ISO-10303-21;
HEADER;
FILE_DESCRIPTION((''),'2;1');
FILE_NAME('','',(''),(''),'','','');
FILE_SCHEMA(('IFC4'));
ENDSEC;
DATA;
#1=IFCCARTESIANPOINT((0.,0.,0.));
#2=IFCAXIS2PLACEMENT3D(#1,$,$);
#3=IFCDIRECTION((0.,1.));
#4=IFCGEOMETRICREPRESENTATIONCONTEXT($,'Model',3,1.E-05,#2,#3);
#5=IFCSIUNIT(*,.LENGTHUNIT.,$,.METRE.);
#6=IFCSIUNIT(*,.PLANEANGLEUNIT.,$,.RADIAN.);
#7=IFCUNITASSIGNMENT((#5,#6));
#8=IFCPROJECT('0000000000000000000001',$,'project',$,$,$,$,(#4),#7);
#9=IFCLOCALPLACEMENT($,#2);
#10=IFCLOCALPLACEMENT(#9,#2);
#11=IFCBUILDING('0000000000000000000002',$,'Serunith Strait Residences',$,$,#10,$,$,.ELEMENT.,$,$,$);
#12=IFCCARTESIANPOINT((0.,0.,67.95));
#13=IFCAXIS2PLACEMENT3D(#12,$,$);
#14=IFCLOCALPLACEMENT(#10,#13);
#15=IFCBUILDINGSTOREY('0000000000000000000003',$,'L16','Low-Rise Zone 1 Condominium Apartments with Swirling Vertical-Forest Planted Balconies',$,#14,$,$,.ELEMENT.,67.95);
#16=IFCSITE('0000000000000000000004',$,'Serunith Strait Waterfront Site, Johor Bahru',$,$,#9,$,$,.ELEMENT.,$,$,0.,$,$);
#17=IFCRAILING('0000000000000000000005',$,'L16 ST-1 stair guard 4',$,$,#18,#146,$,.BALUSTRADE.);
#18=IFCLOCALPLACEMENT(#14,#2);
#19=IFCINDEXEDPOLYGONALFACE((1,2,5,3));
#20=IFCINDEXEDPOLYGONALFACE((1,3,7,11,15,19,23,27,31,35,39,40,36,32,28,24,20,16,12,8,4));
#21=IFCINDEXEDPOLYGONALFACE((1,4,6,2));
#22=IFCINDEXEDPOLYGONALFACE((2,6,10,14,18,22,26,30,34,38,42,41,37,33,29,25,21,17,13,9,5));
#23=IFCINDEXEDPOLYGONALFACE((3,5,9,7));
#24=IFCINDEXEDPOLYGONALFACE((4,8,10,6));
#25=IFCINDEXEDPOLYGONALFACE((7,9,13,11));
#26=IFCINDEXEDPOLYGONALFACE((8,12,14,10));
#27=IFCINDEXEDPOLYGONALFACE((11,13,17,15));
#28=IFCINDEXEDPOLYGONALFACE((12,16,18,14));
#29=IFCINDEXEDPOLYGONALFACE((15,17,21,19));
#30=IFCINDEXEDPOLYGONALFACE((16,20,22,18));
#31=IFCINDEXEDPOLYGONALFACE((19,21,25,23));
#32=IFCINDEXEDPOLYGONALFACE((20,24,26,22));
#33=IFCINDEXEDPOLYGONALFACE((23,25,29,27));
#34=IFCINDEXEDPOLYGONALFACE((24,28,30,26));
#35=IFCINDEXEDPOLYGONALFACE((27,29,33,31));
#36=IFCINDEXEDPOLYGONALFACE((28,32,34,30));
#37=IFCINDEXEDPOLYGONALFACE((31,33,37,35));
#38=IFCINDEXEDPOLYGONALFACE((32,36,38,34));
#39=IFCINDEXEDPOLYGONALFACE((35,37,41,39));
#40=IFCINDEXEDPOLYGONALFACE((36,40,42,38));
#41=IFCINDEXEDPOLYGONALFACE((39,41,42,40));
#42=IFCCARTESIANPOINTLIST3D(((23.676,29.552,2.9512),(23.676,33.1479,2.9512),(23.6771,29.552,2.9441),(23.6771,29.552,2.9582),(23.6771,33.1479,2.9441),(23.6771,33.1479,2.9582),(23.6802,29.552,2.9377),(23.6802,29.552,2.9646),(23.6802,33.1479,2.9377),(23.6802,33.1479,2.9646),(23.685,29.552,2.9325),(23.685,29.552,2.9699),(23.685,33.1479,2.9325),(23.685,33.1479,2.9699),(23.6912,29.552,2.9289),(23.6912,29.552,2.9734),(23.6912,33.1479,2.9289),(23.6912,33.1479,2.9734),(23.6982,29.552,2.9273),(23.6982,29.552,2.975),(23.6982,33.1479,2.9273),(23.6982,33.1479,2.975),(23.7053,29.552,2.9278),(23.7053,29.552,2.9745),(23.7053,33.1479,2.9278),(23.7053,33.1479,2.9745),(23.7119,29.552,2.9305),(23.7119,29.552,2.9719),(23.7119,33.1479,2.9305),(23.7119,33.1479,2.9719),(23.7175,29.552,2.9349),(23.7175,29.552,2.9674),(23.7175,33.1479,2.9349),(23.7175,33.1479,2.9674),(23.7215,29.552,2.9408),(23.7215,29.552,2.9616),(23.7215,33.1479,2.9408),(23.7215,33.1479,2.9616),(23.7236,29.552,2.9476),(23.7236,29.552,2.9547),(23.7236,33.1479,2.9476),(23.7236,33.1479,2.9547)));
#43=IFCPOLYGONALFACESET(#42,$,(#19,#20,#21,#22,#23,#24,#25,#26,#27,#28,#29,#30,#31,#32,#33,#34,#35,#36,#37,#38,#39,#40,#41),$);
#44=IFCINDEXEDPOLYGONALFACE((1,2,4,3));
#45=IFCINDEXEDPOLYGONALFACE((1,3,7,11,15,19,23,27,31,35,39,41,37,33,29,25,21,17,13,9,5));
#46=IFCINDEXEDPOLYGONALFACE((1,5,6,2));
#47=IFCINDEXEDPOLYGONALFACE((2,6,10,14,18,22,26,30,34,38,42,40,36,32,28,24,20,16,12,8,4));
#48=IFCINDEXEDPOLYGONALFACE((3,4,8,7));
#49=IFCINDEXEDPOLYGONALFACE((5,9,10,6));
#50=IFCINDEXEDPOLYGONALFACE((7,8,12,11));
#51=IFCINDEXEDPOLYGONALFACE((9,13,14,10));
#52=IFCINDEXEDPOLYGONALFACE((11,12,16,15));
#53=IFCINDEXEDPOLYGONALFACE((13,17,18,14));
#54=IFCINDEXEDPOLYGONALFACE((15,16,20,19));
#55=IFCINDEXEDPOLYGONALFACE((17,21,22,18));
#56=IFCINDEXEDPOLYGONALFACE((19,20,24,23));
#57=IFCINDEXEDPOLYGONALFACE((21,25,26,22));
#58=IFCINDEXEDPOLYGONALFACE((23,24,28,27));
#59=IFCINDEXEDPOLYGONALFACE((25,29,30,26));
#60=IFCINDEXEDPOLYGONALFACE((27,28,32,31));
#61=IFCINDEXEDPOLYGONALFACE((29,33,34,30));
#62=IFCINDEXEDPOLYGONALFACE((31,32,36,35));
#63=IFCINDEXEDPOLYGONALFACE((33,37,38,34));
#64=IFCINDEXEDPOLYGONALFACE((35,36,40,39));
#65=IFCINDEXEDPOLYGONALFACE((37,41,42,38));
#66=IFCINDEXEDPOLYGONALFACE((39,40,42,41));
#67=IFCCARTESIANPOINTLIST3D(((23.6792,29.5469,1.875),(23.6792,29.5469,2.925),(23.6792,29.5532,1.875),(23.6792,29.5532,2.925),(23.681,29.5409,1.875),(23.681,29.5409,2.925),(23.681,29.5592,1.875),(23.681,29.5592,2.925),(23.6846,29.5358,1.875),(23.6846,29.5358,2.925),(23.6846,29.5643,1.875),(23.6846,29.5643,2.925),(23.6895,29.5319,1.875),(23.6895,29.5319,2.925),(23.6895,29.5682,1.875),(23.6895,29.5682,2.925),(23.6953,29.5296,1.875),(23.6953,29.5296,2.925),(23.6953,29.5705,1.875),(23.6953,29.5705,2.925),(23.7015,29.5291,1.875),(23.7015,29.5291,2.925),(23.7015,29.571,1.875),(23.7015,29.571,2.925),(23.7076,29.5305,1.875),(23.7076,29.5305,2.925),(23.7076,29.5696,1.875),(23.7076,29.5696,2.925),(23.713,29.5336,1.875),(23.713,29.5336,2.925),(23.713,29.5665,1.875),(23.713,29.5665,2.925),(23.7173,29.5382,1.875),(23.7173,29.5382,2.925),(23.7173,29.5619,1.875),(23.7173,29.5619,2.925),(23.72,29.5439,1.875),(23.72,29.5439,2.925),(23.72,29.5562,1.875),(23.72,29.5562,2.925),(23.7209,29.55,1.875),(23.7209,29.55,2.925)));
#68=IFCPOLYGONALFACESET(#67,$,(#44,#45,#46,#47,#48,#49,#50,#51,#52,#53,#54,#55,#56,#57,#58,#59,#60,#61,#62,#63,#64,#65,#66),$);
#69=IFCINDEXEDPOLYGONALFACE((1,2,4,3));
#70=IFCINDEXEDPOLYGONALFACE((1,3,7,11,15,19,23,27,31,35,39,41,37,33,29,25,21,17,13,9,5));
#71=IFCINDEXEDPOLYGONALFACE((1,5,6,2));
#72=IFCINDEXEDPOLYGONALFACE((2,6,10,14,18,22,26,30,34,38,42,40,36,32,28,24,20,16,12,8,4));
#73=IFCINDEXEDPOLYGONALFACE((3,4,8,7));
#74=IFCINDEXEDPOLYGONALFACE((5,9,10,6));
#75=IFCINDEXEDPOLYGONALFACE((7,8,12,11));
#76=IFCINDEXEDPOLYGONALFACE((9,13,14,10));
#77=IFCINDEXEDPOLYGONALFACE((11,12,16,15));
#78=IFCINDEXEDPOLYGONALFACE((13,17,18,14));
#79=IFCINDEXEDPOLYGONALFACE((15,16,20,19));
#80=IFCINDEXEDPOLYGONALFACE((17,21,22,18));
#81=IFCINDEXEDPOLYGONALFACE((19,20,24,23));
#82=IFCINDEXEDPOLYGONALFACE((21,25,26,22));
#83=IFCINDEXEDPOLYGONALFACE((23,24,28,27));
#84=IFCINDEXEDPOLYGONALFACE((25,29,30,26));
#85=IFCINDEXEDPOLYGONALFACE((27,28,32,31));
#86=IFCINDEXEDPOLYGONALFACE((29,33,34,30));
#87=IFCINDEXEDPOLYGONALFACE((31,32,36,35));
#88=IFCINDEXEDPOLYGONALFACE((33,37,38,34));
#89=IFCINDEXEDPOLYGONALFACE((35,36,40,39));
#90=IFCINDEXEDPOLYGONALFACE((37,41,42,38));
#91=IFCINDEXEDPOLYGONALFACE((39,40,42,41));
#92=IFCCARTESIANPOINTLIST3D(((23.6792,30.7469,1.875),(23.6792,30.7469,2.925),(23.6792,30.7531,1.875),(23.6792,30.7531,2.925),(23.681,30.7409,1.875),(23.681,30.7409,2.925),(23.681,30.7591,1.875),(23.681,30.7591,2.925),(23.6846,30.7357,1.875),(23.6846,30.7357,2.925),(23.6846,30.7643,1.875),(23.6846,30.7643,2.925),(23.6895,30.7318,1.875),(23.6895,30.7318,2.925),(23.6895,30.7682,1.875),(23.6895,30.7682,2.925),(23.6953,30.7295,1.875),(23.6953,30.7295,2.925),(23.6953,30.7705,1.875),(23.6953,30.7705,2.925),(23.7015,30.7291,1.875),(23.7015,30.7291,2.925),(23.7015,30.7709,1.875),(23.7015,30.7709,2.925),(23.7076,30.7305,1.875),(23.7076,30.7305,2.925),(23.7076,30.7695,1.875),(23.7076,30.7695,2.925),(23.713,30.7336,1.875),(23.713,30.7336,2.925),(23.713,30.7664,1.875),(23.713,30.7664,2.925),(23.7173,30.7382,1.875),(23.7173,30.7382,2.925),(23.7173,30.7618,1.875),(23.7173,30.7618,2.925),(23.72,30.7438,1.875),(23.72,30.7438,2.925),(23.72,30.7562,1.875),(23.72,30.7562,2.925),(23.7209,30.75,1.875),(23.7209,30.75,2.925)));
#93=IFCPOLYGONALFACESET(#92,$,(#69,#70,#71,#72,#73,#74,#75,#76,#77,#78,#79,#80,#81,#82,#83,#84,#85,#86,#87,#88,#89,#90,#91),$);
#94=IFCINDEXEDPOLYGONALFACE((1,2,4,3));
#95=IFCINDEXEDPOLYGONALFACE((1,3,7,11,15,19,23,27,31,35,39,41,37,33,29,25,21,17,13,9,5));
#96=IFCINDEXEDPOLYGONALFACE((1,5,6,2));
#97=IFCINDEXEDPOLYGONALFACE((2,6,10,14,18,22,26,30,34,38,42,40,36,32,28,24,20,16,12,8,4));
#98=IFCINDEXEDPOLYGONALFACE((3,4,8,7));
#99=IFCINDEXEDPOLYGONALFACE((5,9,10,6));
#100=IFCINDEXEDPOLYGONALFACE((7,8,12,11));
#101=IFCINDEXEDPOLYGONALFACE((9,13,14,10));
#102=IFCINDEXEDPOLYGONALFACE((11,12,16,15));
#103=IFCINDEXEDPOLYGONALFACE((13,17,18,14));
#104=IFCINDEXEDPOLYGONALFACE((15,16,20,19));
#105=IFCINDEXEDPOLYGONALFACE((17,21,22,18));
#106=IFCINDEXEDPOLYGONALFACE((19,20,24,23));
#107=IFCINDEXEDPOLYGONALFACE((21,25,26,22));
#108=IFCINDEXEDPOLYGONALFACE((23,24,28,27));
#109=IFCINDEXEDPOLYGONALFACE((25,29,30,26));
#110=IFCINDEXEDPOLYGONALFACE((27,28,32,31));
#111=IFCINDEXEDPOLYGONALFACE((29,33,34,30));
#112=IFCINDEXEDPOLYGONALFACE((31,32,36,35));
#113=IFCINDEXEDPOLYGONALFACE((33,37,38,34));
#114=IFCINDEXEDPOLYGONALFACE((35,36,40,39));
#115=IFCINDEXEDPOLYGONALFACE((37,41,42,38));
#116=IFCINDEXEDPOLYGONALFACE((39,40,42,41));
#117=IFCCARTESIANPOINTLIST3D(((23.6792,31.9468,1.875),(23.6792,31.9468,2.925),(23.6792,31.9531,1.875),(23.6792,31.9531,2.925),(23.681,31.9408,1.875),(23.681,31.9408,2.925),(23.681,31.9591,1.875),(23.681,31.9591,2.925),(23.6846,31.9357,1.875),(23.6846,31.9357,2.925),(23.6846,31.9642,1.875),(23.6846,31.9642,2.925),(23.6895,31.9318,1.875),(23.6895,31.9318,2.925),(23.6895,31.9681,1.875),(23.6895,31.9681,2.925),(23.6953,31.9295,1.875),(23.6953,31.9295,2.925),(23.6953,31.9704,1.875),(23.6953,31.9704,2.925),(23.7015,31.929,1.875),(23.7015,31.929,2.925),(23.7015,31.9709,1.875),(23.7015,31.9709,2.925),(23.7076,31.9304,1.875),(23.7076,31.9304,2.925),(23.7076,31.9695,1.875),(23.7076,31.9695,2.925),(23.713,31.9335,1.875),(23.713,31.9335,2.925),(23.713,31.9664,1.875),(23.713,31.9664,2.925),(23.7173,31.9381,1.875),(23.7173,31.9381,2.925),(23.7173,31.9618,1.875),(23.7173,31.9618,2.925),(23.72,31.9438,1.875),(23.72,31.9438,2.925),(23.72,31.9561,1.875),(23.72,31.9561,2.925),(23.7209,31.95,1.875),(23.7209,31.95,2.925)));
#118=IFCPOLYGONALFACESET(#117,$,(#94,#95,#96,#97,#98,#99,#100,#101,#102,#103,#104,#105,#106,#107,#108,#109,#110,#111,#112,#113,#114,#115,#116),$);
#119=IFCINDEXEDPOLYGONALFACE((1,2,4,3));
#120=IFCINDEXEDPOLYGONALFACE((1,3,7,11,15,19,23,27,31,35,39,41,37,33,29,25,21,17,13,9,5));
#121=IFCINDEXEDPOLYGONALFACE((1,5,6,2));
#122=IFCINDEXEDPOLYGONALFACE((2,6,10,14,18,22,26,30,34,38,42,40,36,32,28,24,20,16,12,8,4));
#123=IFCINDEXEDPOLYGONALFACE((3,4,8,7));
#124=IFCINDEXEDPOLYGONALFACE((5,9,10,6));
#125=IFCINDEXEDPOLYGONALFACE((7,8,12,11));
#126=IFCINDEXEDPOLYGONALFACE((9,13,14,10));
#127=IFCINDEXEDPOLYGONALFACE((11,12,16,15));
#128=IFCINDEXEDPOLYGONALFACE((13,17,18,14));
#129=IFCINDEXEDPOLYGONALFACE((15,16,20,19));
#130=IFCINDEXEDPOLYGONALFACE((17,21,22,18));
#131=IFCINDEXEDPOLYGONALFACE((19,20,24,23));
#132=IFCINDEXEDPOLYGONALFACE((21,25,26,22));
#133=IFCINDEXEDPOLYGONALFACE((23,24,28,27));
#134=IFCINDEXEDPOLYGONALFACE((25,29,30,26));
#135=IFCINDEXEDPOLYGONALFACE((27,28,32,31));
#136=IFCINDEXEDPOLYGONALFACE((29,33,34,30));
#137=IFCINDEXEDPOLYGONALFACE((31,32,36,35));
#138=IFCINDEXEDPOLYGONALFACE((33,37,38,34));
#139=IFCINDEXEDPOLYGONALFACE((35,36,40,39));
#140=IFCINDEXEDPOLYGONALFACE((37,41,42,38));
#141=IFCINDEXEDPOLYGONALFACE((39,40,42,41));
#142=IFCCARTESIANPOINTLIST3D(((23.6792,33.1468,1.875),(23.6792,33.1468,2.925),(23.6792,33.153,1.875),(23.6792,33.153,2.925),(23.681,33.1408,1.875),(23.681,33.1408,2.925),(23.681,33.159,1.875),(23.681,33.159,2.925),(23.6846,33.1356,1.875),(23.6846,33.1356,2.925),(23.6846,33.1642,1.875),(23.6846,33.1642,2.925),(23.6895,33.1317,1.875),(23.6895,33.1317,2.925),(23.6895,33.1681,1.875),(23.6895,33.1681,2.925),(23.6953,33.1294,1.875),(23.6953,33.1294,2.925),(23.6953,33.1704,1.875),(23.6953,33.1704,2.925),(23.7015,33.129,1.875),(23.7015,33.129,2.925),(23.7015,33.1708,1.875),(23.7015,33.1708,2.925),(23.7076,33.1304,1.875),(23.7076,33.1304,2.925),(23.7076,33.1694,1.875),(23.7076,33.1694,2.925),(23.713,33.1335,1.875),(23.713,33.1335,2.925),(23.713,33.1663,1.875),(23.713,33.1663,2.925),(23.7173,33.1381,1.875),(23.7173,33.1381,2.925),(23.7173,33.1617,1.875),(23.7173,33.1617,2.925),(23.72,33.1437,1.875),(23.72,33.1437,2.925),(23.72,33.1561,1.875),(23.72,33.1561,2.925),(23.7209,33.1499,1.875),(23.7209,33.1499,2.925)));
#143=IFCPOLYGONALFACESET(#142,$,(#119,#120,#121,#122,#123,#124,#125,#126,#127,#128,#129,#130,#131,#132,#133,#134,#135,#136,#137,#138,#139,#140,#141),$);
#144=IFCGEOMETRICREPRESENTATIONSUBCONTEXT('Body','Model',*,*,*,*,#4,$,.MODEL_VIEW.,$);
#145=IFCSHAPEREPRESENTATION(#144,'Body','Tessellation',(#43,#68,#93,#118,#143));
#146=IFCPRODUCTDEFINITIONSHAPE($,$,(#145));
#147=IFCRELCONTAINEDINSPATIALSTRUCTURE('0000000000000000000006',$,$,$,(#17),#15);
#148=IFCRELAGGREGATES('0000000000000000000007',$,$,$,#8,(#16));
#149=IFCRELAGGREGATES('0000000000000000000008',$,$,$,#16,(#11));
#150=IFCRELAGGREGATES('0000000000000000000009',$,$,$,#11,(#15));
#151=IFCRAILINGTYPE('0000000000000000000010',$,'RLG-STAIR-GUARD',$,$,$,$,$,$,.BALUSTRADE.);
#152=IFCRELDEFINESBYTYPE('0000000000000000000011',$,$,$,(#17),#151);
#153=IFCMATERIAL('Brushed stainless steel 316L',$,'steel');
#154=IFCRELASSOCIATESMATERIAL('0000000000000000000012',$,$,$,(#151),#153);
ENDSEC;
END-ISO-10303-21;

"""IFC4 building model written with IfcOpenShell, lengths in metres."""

from ifc_helpers import new_model, si_unit, direction, frame, origin, origin_2d, place, context, subcontext, project, spatial, circle, extrude, material, type_object, element, save


model = new_model("IFC4")

# Units and contexts
model_context = context("Model", 3, precision=1e-05, world=origin(), true_north=direction((0.0, 1.0)))
body_context = subcontext(model_context, "Body", "Model", "MODEL_VIEW")
ifc_project = project(units=[si_unit("LENGTHUNIT", "METRE"), si_unit("PLANEANGLEUNIT", "RADIAN")], contexts=[model_context])

# Site, building, storey
site_placement = place(None, origin())
site = spatial("IfcSite", under=ifc_project, at=site_placement, Name="Serunith Strait Waterfront Site, Johor Bahru", CompositionType="ELEMENT", RefElevation=0.0)
building_placement = place(site_placement, origin())
building = spatial("IfcBuilding", under=site, at=building_placement, Name="Serunith Strait Residences", CompositionType="ELEMENT")
storey_placement = place(building_placement, frame((0.0, 0.0, 67.95)))
storey = spatial("IfcBuildingStorey", under=building, at=storey_placement, Name="L16", Description="Low-Rise Zone 1 Condominium Apartments with Swirling Vertical-Forest Planted Balconies", CompositionType="ELEMENT", Elevation=67.95)

# Railing
ifc_material_1 = material(Name="Brushed stainless steel 316L", Category="steel")
railing_type_1 = type_object("IfcRailingType", Name="RLG-STAIR-GUARD", PredefinedType="BALUSTRADE", material=ifc_material_1)
for number, where, name in (
    (1, (23.7, 29.55, 1.875), "L16 ST-1 stair guard 4"),
):
    element("IfcRailing", number, at=place(storey_placement, frame(where)), inside=storey, type_object=railing_type_1, Name=name, PredefinedType="BALUSTRADE", context=body_context, shape_type="SweptSolid", body=[
        extrude(circle(Radius=0.0239, at=origin_2d()), frame((0.0, 0.002, 1.0762), z_axis=(0.0, 1.0, 0.0), x_axis=(-1.0, 0.0, 0.0)), (0.0, 0.0, 1.0), 3.5959),
        extrude(circle(Radius=0.021, at=origin_2d()), origin(), (0.0, 0.0, 1.0), 1.05),
        extrude(circle(Radius=0.021, at=origin_2d()), frame((0.0, 1.2, 0.0)), (0.0, 0.0, 1.0), 1.05),
        extrude(circle(Radius=0.021, at=origin_2d()), frame((0.0, 2.3999, 0.0)), (0.0, 0.0, 1.0), 1.05),
        extrude(circle(Radius=0.021, at=origin_2d()), frame((0.0, 3.5999, 0.0)), (0.0, 0.0, 1.0), 1.05),
    ])

save(model, "model.ifc")
